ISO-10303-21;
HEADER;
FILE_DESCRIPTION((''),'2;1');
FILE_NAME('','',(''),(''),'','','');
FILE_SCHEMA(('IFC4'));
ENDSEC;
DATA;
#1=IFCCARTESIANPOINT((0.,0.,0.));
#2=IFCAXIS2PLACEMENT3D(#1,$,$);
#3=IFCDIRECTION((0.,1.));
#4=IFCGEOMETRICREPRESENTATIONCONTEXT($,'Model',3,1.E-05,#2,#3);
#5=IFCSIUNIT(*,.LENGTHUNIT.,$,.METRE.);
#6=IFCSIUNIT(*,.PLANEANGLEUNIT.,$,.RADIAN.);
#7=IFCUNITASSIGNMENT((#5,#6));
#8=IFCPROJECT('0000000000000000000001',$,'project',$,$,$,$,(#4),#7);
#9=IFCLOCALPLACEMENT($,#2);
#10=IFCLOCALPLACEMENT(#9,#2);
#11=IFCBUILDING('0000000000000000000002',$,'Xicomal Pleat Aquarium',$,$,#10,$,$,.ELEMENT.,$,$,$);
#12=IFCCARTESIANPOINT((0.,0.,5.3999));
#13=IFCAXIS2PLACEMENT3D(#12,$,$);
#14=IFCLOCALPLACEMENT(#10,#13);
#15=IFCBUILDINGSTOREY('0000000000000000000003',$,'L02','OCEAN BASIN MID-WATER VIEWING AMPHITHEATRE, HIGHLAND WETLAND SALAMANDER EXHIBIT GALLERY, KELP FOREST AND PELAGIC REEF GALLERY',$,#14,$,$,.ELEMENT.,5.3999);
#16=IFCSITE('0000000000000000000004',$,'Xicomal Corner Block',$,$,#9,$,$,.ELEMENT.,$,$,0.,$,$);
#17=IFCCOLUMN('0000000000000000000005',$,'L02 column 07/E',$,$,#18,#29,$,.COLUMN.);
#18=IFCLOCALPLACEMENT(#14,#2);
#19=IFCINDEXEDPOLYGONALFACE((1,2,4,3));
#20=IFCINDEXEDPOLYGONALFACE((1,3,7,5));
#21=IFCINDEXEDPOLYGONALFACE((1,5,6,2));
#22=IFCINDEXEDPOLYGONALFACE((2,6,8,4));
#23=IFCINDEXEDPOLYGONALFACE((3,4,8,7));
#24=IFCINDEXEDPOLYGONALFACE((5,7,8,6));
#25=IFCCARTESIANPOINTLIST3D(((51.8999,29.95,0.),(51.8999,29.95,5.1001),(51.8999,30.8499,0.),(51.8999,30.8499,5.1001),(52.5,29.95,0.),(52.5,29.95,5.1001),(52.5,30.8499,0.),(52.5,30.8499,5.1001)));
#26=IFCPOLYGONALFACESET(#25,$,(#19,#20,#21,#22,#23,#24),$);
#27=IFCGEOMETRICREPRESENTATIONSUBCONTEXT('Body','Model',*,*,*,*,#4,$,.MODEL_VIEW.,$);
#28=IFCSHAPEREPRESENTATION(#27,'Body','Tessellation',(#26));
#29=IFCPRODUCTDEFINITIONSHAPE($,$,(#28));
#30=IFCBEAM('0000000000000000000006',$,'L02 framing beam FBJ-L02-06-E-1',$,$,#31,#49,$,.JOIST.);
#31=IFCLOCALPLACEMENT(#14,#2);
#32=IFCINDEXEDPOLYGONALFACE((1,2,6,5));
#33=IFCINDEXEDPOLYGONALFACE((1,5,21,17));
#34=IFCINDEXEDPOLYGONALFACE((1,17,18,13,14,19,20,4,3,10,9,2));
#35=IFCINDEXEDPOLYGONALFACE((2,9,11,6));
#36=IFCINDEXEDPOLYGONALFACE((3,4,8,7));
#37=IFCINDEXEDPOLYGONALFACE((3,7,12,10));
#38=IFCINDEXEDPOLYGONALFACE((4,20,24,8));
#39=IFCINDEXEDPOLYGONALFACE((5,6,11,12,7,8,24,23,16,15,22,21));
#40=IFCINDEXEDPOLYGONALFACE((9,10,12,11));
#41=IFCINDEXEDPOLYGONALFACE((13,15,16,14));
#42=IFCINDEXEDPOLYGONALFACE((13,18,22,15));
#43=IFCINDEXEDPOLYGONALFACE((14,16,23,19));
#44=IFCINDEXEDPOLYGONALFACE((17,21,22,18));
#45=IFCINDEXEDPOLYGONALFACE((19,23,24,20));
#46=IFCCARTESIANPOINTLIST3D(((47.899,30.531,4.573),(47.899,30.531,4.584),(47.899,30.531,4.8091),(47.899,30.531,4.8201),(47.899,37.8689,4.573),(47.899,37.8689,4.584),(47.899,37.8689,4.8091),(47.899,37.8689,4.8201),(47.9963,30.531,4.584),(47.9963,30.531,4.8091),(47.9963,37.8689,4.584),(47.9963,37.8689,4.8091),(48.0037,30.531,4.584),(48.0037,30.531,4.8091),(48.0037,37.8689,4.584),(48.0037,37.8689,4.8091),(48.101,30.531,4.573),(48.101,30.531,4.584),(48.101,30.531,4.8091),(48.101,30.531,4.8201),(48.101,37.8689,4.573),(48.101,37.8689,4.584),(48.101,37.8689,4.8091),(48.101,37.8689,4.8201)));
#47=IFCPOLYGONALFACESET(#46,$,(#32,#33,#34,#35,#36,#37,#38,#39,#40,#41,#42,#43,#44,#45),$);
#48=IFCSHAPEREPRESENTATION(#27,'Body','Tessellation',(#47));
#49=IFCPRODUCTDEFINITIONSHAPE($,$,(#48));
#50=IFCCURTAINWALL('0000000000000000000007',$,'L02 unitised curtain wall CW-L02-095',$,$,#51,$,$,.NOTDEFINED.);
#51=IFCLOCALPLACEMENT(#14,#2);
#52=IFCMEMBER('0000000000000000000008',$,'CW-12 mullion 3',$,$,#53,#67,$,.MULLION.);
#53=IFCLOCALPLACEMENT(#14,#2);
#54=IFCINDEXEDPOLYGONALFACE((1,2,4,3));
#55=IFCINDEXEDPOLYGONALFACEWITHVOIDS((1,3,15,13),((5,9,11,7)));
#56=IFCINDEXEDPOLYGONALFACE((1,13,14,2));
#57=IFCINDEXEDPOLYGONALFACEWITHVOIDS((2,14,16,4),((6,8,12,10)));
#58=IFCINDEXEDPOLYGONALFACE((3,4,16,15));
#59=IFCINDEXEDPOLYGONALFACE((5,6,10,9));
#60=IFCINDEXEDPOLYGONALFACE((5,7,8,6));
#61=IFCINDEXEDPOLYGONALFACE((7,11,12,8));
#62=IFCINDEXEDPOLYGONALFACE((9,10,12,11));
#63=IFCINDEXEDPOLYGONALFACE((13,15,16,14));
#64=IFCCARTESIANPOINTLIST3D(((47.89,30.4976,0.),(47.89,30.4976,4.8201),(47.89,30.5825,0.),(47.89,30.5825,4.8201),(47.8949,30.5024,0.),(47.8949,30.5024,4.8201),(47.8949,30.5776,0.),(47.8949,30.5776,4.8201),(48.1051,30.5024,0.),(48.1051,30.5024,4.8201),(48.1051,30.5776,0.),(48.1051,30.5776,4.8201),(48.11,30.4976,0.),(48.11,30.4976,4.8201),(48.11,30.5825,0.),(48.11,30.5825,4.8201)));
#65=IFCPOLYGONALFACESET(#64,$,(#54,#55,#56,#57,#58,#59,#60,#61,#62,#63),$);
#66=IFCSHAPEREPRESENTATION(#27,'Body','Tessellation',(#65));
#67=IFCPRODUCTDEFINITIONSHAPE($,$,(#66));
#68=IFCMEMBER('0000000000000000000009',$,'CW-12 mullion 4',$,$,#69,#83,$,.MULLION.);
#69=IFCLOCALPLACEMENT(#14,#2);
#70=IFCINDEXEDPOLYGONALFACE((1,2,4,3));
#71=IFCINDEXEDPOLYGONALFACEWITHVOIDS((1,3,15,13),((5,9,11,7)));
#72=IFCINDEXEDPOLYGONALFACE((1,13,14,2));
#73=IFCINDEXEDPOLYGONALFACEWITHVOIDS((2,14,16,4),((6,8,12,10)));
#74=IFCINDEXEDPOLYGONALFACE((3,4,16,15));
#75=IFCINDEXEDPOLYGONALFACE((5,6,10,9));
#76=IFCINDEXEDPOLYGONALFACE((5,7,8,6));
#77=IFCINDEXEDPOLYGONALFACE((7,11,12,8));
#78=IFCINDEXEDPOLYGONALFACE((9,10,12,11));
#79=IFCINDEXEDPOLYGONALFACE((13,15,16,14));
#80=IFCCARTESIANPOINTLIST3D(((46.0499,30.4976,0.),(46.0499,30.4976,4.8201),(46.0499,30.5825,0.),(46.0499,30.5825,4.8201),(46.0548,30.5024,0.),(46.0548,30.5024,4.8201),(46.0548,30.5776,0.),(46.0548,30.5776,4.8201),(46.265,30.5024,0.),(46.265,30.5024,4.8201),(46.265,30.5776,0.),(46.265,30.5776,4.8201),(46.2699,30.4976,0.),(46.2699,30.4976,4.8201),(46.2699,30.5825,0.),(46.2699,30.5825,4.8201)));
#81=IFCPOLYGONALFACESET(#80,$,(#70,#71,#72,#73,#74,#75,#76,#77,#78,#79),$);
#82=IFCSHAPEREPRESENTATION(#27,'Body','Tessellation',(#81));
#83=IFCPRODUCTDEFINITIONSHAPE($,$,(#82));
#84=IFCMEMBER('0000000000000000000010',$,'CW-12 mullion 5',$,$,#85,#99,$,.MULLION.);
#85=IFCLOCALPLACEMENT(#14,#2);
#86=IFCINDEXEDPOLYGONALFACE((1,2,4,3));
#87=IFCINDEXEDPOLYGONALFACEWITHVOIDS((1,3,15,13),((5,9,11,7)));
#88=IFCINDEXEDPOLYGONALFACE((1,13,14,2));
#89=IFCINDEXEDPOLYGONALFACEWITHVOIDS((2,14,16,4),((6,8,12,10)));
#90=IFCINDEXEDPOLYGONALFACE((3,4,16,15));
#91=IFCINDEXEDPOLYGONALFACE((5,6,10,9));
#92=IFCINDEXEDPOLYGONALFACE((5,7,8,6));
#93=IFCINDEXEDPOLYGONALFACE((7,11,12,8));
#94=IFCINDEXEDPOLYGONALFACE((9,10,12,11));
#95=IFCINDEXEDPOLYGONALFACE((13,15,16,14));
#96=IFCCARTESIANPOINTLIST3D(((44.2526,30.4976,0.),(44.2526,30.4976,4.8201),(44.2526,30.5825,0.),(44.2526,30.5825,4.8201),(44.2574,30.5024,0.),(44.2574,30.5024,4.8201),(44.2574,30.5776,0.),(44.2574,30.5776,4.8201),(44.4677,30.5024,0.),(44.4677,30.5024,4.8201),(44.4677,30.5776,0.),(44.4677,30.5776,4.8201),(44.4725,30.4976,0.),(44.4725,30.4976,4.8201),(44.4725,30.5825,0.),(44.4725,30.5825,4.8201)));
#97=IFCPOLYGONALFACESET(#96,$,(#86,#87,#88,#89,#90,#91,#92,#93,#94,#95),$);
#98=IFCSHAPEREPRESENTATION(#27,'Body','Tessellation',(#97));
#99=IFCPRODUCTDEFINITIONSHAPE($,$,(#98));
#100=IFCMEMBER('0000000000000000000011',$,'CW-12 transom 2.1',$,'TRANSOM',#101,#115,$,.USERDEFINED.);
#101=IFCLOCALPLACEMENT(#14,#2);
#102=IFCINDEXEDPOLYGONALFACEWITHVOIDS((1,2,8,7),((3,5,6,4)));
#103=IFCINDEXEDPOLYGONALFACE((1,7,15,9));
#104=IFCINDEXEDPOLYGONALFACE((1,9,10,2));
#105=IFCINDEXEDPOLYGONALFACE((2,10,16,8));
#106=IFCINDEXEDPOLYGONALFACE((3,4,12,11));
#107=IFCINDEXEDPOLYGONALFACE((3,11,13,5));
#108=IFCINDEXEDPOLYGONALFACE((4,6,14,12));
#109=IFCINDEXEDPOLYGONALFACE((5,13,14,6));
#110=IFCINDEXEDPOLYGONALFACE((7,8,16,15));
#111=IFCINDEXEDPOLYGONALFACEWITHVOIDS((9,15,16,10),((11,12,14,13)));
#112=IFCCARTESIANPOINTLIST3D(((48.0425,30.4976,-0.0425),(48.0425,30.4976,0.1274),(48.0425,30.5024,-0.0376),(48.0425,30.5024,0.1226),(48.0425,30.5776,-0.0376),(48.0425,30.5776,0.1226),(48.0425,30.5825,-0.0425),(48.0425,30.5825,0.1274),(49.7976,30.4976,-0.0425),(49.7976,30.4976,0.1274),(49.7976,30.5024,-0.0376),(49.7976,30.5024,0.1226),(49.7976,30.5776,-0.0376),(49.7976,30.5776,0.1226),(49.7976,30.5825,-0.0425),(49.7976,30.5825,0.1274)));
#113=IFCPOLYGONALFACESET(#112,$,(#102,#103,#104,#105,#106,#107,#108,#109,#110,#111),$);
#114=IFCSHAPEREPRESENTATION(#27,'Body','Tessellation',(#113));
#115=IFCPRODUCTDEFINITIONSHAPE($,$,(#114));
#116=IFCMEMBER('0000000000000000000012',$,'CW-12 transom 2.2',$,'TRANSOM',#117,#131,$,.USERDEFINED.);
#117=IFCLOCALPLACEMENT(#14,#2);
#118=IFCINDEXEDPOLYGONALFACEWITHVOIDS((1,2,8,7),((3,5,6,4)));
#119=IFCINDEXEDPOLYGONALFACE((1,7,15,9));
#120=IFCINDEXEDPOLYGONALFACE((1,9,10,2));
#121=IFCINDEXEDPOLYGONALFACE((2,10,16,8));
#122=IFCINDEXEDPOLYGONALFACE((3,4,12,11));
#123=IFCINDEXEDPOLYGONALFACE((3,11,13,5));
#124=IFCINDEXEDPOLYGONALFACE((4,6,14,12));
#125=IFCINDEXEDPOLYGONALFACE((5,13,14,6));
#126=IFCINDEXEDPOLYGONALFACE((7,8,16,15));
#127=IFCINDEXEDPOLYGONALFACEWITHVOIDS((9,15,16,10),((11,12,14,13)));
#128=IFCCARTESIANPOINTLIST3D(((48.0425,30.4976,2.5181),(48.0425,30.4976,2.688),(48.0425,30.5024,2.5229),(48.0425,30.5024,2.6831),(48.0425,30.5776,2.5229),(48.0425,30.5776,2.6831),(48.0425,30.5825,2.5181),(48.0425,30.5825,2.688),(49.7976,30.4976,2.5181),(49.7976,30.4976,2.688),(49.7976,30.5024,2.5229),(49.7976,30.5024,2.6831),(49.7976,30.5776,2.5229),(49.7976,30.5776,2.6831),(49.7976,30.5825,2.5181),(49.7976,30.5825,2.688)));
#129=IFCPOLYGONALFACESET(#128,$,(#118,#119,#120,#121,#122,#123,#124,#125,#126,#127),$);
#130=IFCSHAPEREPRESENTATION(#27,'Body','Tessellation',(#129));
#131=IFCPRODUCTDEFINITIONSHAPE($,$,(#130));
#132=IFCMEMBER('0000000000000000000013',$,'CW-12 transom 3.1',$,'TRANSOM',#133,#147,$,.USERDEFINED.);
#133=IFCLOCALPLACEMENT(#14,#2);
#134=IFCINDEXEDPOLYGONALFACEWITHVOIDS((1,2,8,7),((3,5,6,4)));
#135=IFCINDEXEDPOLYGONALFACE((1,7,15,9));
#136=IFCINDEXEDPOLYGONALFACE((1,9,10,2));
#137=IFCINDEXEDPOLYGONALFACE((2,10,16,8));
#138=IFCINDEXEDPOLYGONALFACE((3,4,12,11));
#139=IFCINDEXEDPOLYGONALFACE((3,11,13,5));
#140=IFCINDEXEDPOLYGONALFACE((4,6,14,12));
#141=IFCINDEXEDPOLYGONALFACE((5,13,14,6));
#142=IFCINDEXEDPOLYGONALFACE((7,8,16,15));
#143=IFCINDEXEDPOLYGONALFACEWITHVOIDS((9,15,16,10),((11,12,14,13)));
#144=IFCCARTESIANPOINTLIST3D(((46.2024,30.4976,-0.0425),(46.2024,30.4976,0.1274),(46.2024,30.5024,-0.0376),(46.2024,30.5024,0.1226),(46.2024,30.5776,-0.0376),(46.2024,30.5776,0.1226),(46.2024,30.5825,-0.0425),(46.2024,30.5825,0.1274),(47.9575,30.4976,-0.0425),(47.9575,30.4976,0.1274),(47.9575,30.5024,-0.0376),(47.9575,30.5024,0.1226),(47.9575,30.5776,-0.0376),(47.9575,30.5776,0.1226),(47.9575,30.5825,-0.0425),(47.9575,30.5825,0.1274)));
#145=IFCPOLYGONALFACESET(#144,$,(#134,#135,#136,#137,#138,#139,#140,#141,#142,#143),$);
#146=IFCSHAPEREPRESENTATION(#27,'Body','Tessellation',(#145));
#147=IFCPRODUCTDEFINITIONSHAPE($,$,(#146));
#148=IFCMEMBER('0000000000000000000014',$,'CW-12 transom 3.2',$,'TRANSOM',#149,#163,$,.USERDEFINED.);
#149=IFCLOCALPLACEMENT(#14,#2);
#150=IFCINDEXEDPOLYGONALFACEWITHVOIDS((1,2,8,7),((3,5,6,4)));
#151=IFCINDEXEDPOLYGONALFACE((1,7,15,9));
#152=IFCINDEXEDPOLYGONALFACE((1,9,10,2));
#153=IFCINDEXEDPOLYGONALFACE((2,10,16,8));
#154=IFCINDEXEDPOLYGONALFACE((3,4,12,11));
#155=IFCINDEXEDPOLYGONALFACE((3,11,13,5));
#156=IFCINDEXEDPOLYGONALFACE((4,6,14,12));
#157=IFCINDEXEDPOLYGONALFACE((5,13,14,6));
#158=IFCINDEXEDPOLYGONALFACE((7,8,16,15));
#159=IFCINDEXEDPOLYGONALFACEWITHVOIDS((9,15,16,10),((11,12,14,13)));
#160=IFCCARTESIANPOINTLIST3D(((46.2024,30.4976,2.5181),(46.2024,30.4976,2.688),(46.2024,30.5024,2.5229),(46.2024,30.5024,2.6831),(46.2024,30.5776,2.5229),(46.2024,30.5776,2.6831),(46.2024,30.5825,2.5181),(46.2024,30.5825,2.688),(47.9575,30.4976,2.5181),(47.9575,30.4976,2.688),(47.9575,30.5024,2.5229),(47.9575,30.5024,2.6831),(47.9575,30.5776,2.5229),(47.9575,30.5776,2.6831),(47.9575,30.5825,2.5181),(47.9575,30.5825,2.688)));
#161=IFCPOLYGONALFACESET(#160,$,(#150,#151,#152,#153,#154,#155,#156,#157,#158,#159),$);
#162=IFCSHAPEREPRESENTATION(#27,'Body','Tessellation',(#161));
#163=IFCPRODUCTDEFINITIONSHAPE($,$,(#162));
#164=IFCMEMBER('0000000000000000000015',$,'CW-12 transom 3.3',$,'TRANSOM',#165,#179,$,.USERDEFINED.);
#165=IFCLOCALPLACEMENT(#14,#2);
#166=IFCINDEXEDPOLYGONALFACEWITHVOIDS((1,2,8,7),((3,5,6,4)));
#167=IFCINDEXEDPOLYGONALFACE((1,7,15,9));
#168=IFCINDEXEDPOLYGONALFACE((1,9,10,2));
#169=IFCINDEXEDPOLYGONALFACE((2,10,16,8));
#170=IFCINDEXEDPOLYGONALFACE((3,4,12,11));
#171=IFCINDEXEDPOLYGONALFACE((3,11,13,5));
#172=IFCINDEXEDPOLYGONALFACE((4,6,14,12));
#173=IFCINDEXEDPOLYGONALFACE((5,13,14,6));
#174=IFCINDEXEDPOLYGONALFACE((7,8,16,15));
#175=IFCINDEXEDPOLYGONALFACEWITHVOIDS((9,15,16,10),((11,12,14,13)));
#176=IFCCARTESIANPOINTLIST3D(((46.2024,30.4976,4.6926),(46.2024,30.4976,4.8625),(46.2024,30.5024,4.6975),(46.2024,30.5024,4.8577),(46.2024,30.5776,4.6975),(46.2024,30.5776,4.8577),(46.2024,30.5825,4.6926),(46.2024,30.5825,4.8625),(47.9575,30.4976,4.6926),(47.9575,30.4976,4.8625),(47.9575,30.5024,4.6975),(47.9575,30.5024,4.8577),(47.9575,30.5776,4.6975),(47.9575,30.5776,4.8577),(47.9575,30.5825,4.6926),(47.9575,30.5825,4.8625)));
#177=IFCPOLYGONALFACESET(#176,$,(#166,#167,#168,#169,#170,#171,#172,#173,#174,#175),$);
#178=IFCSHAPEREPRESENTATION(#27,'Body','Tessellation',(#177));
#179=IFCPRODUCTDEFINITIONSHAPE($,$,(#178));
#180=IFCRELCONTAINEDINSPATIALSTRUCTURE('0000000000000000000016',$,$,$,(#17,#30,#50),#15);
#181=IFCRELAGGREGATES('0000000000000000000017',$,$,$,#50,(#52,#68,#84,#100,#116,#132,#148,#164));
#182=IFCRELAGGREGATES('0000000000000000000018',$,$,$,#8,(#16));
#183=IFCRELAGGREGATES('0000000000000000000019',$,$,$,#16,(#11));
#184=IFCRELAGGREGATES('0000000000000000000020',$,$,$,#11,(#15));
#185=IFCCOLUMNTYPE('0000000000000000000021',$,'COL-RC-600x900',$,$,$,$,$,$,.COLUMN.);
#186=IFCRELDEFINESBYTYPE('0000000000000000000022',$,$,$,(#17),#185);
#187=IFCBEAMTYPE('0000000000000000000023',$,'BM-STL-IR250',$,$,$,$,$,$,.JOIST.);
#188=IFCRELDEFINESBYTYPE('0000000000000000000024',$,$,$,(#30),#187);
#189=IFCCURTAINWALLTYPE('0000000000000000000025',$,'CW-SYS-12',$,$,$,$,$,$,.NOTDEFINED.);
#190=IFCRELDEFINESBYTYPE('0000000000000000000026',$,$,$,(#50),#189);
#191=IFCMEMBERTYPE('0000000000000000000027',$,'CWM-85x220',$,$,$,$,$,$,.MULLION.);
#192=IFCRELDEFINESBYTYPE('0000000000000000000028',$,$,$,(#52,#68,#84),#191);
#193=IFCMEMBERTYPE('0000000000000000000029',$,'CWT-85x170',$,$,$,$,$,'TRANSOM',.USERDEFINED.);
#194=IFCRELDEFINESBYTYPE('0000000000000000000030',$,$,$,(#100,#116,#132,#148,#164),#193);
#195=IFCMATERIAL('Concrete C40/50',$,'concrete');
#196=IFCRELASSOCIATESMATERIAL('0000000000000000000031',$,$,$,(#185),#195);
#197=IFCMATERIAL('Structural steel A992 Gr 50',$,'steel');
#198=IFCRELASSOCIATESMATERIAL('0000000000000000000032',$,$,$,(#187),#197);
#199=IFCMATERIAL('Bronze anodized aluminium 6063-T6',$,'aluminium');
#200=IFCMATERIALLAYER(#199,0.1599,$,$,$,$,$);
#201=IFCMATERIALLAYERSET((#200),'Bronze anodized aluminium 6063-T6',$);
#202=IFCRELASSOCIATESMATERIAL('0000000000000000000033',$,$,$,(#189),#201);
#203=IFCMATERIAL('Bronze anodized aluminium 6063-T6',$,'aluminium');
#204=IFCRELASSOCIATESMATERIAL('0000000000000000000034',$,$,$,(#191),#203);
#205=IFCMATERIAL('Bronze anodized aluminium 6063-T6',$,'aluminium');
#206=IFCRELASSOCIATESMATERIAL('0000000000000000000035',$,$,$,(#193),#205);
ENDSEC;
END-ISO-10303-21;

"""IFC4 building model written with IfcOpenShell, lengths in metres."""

from ifc_helpers import new_model, si_unit, direction, frame, origin, origin_2d, place, context, subcontext, project, spatial, rectangle, hollow_rectangle, i_section, extrude, material, layer, layer_set, material_profile, profile_set, type_object, element, aggregate, save


model = new_model("IFC4")

# Units and contexts
model_context = context("Model", 3, precision=1e-05, world=origin(), true_north=direction((0.0, 1.0)))
body_context = subcontext(model_context, "Body", "Model", "MODEL_VIEW")
ifc_project = project(units=[si_unit("LENGTHUNIT", "METRE"), si_unit("PLANEANGLEUNIT", "RADIAN")], contexts=[model_context])

# Site, building, storey
site_placement = place(None, origin())
site = spatial("IfcSite", under=ifc_project, at=site_placement, Name="Xicomal Corner Block", CompositionType="ELEMENT", RefElevation=0.0)
building_placement = place(site_placement, origin())
building = spatial("IfcBuilding", under=site, at=building_placement, Name="Xicomal Pleat Aquarium", CompositionType="ELEMENT")
storey_placement = place(building_placement, frame((0.0, 0.0, 5.3999)))
storey = spatial("IfcBuildingStorey", under=building, at=storey_placement, Name="L02", Description="OCEAN BASIN MID-WATER VIEWING AMPHITHEATRE, HIGHLAND WETLAND SALAMANDER EXHIBIT GALLERY, KELP FOREST AND PELAGIC REEF GALLERY", CompositionType="ELEMENT", Elevation=5.3999)

# Column
ifc_material_1 = material(Name="Concrete C40/50", Category="concrete")
ifc_material_profile_1 = material_profile(ifc_material_1, rectangle(XDim=0.6001, YDim=0.8999, at=origin_2d()), Name="RC 600x900")
ifc_profile_set_1 = profile_set([ifc_material_profile_1], Name="Concrete C40/50")
column_type = type_object("IfcColumnType", Name="COL-RC-600x900", PredefinedType="COLUMN", material=ifc_profile_set_1)
column_placement = place(storey_placement, frame((52.2, 30.3999, 0.0), z_axis=(0.0, 0.0, 1.0), x_axis=(1.0, 0.0, 0.0)))
element("IfcColumn", 1, at=column_placement, inside=storey, type_object=column_type, Name="L02 column 07/E", PredefinedType="COLUMN", context=body_context, shape_type="SweptSolid", body=[
    extrude(rectangle(XDim=0.6001, YDim=0.8999, at=origin_2d()), origin(), (0.0, 0.0, 1.0), 5.1001),
])

# Beam
ifc_material_2 = material(Name="Structural steel A992 Gr 50", Category="steel")
ifc_material_profile_2 = material_profile(ifc_material_2, i_section(OverallWidth=0.2019, OverallDepth=0.2471, WebThickness=0.0073, FlangeThickness=0.011, at=origin_2d()), Name="IR 250x49")
ifc_profile_set_2 = profile_set([ifc_material_profile_2], Name="Structural steel A992 Gr 50")
beam_type = type_object("IfcBeamType", Name="BM-STL-IR250", PredefinedType="JOIST", material=ifc_profile_set_2)
beam_placement = place(storey_placement, frame((48.0, 30.531, 4.6965), z_axis=(0.0, 1.0, 0.0), x_axis=(-1.0, 0.0, 0.0)))
element("IfcBeam", 2, at=beam_placement, inside=storey, type_object=beam_type, Name="L02 framing beam FBJ-L02-06-E-1", PredefinedType="JOIST", context=body_context, shape_type="SweptSolid", body=[
    extrude(i_section(OverallWidth=0.2019, OverallDepth=0.2471, WebThickness=0.0073, FlangeThickness=0.011, at=origin_2d()), origin(), (0.0, 0.0, 1.0), 7.3379),
])

# Curtain wall, members
ifc_material_3 = material(Name="Bronze anodized aluminium 6063-T6", Category="aluminium")
ifc_layer_1 = layer(ifc_material_3, 0.1599)
ifc_layer_set_1 = layer_set([ifc_layer_1], Name="Bronze anodized aluminium 6063-T6")
curtain_wall_type = type_object("IfcCurtainWallType", Name="CW-SYS-12", PredefinedType="NOTDEFINED", material=ifc_layer_set_1)
curtain_wall_placement = place(storey_placement, origin())
curtain_wall = element("IfcCurtainWall", 3, at=curtain_wall_placement, inside=storey, type_object=curtain_wall_type, Name="L02 unitised curtain wall CW-L02-095", PredefinedType="NOTDEFINED")
ifc_material_4 = material(Name="Bronze anodized aluminium 6063-T6", Category="aluminium")
ifc_material_profile_3 = material_profile(ifc_material_4, hollow_rectangle(XDim=0.085, YDim=0.22, WallThickness=0.0049, at=origin_2d()), Name="ALU MULL 85x220")
ifc_profile_set_3 = profile_set([ifc_material_profile_3], Name="Bronze anodized aluminium 6063-T6")
member_type_1 = type_object("IfcMemberType", Name="CWM-85x220", PredefinedType="MULLION", material=ifc_profile_set_3)
member_1_placement = place(storey_placement, frame((48.0, 30.54, 0.0), z_axis=(0.0, 0.0, 1.0), x_axis=(0.0, -1.0, 0.0)))
member_1 = element("IfcMember", 4, at=member_1_placement, type_object=member_type_1, Name="CW-12 mullion 3", PredefinedType="MULLION", context=body_context, shape_type="SweptSolid", body=[
    extrude(hollow_rectangle(XDim=0.085, YDim=0.22, WallThickness=0.0049, at=origin_2d()), origin(), (0.0, 0.0, 1.0), 4.8201),
])
member_2_placement = place(storey_placement, frame((46.1599, 30.54, 0.0), z_axis=(0.0, 0.0, 1.0), x_axis=(0.0, -1.0, 0.0)))
member_2 = element("IfcMember", 5, at=member_2_placement, type_object=member_type_1, Name="CW-12 mullion 4", PredefinedType="MULLION", context=body_context, shape_type="SweptSolid", body=[
    extrude(hollow_rectangle(XDim=0.085, YDim=0.22, WallThickness=0.0049, at=origin_2d()), origin(), (0.0, 0.0, 1.0), 4.8201),
])
member_3_placement = place(storey_placement, frame((44.3625, 30.54, 0.0), z_axis=(0.0, 0.0, 1.0), x_axis=(0.0, -1.0, 0.0)))
member_3 = element("IfcMember", 6, at=member_3_placement, type_object=member_type_1, Name="CW-12 mullion 5", PredefinedType="MULLION", context=body_context, shape_type="SweptSolid", body=[
    extrude(hollow_rectangle(XDim=0.085, YDim=0.22, WallThickness=0.0049, at=origin_2d()), origin(), (0.0, 0.0, 1.0), 4.8201),
])
ifc_material_5 = material(Name="Bronze anodized aluminium 6063-T6", Category="aluminium")
ifc_material_profile_4 = material_profile(ifc_material_5, hollow_rectangle(XDim=0.085, YDim=0.1699, WallThickness=0.0049, at=origin_2d()), Name="ALU TRAN 85x170")
ifc_profile_set_4 = profile_set([ifc_material_profile_4], Name="Bronze anodized aluminium 6063-T6")
member_type_2 = type_object("IfcMemberType", Name="CWT-85x170", ElementType="TRANSOM", PredefinedType="USERDEFINED", material=ifc_profile_set_4)
member_4_placement = place(storey_placement, frame((49.7976, 30.54, 0.0425), z_axis=(-1.0, 0.0, 0.0), x_axis=(0.0, -1.0, 0.0)))
member_4 = element("IfcMember", 7, at=member_4_placement, type_object=member_type_2, Name="CW-12 transom 2.1", ObjectType="TRANSOM", PredefinedType="USERDEFINED", context=body_context, shape_type="SweptSolid", body=[
    extrude(hollow_rectangle(XDim=0.085, YDim=0.1699, WallThickness=0.0049, at=origin_2d()), origin(), (0.0, 0.0, 1.0), 1.7551),
])
member_5_placement = place(storey_placement, frame((49.7976, 30.54, 2.603), z_axis=(-1.0, 0.0, 0.0), x_axis=(0.0, -1.0, 0.0)))
member_5 = element("IfcMember", 8, at=member_5_placement, type_object=member_type_2, Name="CW-12 transom 2.2", ObjectType="TRANSOM", PredefinedType="USERDEFINED", context=body_context, shape_type="SweptSolid", body=[
    extrude(hollow_rectangle(XDim=0.085, YDim=0.1699, WallThickness=0.0049, at=origin_2d()), origin(), (0.0, 0.0, 1.0), 1.7551),
])
member_6_placement = place(storey_placement, frame((47.9575, 30.54, 0.0425), z_axis=(-1.0, 0.0, 0.0), x_axis=(0.0, -1.0, 0.0)))
member_6 = element("IfcMember", 9, at=member_6_placement, type_object=member_type_2, Name="CW-12 transom 3.1", ObjectType="TRANSOM", PredefinedType="USERDEFINED", context=body_context, shape_type="SweptSolid", body=[
    extrude(hollow_rectangle(XDim=0.085, YDim=0.1699, WallThickness=0.0049, at=origin_2d()), origin(), (0.0, 0.0, 1.0), 1.7551),
])
member_7_placement = place(storey_placement, frame((47.9575, 30.54, 2.603), z_axis=(-1.0, 0.0, 0.0), x_axis=(0.0, -1.0, 0.0)))
member_7 = element("IfcMember", 10, at=member_7_placement, type_object=member_type_2, Name="CW-12 transom 3.2", ObjectType="TRANSOM", PredefinedType="USERDEFINED", context=body_context, shape_type="SweptSolid", body=[
    extrude(hollow_rectangle(XDim=0.085, YDim=0.1699, WallThickness=0.0049, at=origin_2d()), origin(), (0.0, 0.0, 1.0), 1.7551),
])
member_8_placement = place(storey_placement, frame((47.9575, 30.54, 4.7776), z_axis=(-1.0, 0.0, 0.0), x_axis=(0.0, -1.0, 0.0)))
member_8 = element("IfcMember", 11, at=member_8_placement, type_object=member_type_2, Name="CW-12 transom 3.3", ObjectType="TRANSOM", PredefinedType="USERDEFINED", context=body_context, shape_type="SweptSolid", body=[
    extrude(hollow_rectangle(XDim=0.085, YDim=0.1699, WallThickness=0.0049, at=origin_2d()), origin(), (0.0, 0.0, 1.0), 1.7551),
])
aggregate(curtain_wall, [member_1, member_2, member_3, member_4, member_5, member_6, member_7, member_8])

save(model, "model.ifc")
